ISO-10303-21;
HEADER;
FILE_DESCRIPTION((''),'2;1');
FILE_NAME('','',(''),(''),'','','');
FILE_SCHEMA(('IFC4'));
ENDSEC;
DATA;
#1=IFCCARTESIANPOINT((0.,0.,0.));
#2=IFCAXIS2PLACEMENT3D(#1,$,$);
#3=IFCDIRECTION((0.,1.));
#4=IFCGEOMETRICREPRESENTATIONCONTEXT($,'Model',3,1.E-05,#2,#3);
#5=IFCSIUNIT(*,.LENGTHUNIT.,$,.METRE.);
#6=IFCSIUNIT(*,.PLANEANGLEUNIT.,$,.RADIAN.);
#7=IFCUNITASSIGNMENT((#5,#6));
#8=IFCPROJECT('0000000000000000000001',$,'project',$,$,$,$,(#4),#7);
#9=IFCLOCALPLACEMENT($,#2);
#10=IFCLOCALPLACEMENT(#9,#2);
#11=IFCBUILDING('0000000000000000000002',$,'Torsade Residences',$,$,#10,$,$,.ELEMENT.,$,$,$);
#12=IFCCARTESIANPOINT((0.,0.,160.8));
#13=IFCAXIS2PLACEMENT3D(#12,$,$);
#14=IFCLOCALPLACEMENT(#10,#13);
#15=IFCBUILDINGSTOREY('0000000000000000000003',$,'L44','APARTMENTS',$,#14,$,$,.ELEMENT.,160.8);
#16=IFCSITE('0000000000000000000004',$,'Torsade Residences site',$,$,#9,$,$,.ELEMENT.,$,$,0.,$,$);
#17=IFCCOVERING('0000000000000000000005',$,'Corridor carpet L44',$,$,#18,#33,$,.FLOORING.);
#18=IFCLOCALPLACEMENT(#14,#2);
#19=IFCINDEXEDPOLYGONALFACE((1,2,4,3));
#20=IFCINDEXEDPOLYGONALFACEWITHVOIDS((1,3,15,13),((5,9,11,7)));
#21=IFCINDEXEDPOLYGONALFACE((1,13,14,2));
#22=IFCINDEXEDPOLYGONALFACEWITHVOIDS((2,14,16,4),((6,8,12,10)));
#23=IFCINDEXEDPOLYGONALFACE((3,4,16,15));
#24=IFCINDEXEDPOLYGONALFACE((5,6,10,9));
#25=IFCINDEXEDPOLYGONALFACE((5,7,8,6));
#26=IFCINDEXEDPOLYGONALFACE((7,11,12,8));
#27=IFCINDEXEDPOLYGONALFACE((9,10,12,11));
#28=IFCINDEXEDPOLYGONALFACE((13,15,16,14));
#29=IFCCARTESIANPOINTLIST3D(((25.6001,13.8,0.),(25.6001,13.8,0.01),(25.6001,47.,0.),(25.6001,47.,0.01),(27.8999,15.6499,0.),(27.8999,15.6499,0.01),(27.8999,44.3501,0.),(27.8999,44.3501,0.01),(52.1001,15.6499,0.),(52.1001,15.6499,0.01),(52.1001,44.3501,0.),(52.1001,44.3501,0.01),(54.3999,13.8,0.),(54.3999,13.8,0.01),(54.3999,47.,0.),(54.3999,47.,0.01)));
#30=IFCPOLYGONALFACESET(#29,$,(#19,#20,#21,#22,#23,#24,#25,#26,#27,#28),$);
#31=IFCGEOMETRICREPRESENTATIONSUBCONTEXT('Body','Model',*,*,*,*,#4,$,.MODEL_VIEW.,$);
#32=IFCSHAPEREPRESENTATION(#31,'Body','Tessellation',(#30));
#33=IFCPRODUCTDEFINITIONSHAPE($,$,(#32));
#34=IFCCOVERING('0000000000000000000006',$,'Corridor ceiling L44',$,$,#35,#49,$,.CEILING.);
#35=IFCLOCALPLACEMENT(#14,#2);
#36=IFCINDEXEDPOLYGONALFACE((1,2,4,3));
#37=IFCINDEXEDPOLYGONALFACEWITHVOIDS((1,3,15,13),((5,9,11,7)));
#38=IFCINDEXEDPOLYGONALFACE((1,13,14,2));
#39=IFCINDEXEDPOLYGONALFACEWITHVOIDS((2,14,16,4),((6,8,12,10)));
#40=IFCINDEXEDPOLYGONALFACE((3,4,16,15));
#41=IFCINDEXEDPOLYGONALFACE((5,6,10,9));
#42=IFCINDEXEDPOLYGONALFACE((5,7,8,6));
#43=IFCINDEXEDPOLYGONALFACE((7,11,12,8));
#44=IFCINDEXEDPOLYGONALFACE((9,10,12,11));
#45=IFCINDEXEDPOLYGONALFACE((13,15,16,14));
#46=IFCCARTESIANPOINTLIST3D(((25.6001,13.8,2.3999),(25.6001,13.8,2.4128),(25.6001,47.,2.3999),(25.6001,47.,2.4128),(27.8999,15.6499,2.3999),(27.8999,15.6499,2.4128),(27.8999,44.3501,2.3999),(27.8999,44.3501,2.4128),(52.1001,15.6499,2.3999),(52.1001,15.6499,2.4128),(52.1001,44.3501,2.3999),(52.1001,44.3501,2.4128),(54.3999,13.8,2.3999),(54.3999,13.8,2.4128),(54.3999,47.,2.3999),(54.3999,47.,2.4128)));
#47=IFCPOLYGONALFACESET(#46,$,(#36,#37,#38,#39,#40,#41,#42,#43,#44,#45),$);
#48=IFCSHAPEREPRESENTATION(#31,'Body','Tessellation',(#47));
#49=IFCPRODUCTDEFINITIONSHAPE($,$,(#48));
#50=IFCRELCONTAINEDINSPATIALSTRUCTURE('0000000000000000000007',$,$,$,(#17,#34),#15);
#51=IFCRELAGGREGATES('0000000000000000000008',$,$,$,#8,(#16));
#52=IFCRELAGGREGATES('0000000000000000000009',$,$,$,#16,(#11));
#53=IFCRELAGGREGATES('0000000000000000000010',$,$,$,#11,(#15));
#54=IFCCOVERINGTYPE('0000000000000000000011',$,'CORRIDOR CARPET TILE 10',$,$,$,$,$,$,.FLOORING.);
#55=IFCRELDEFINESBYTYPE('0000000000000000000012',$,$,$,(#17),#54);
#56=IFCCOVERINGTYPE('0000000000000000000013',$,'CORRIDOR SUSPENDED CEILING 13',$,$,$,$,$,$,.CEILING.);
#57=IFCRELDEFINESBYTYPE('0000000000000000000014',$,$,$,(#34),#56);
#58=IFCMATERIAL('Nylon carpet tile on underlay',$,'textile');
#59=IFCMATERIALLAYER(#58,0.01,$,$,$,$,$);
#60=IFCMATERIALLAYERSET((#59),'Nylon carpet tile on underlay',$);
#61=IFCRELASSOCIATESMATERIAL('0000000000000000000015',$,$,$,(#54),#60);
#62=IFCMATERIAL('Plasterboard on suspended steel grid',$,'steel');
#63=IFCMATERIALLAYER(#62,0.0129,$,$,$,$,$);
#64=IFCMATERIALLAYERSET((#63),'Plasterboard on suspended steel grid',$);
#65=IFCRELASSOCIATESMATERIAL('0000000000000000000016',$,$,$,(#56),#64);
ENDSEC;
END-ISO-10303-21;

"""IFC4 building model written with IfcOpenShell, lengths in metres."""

from ifc_helpers import new_model, si_unit, direction, frame, origin, place, context, subcontext, project, spatial, polyline, outline, extrude, material, layer, layer_set, type_object, element, save


model = new_model("IFC4")

# Units and contexts
model_context = context("Model", 3, precision=1e-05, world=origin(), true_north=direction((0.0, 1.0)))
body_context = subcontext(model_context, "Body", "Model", "MODEL_VIEW")
ifc_project = project(units=[si_unit("LENGTHUNIT", "METRE"), si_unit("PLANEANGLEUNIT", "RADIAN")], contexts=[model_context])

# Site, building, storey
site_placement = place(None, origin())
site = spatial("IfcSite", under=ifc_project, at=site_placement, Name="Torsade Residences site", CompositionType="ELEMENT", RefElevation=0.0)
building_placement = place(site_placement, origin())
building = spatial("IfcBuilding", under=site, at=building_placement, Name="Torsade Residences", CompositionType="ELEMENT")
storey_placement = place(building_placement, frame((0.0, 0.0, 160.8)))
storey = spatial("IfcBuildingStorey", under=building, at=storey_placement, Name="L44", Description="APARTMENTS", CompositionType="ELEMENT", Elevation=160.8)

# Coverings
ifc_material_1 = material(Name="Nylon carpet tile on underlay", Category="textile")
ifc_layer_1 = layer(ifc_material_1, 0.01)
ifc_layer_set_1 = layer_set([ifc_layer_1], Name="Nylon carpet tile on underlay")
covering_type_1 = type_object("IfcCoveringType", Name="CORRIDOR CARPET TILE 10", PredefinedType="FLOORING", material=ifc_layer_set_1)
covering_1_placement = place(storey_placement, origin())
element("IfcCovering", 1, at=covering_1_placement, inside=storey, type_object=covering_type_1, Name="Corridor carpet L44", PredefinedType="FLOORING", context=body_context, shape_type="SweptSolid", body=[
    extrude(outline(polyline([(25.6001, 47.0), (25.6001, 13.8), (54.3999, 13.8), (54.3999, 47.0), (25.6001, 47.0)]), holes=[polyline([(52.1001, 44.3501), (27.8999, 44.3501), (27.8999, 15.6499), (52.1001, 15.6499), (52.1001, 44.3501)])]), origin(), (0.0, 0.0, 1.0), 0.01),
])
ifc_material_2 = material(Name="Plasterboard on suspended steel grid", Category="steel")
ifc_layer_2 = layer(ifc_material_2, 0.0129)
ifc_layer_set_2 = layer_set([ifc_layer_2], Name="Plasterboard on suspended steel grid")
covering_type_2 = type_object("IfcCoveringType", Name="CORRIDOR SUSPENDED CEILING 13", PredefinedType="CEILING", material=ifc_layer_set_2)
covering_2_placement = place(storey_placement, frame((0.0, 0.0, 2.3999)))
element("IfcCovering", 2, at=covering_2_placement, inside=storey, type_object=covering_type_2, Name="Corridor ceiling L44", PredefinedType="CEILING", context=body_context, shape_type="SweptSolid", body=[
    extrude(outline(polyline([(25.6001, 47.0), (25.6001, 13.8), (54.3999, 13.8), (54.3999, 47.0), (25.6001, 47.0)]), holes=[polyline([(52.1001, 44.3501), (27.8999, 44.3501), (27.8999, 15.6499), (52.1001, 15.6499), (52.1001, 44.3501)])]), origin(), (0.0, 0.0, 1.0), 0.0129),
])

save(model, "model.ifc")
